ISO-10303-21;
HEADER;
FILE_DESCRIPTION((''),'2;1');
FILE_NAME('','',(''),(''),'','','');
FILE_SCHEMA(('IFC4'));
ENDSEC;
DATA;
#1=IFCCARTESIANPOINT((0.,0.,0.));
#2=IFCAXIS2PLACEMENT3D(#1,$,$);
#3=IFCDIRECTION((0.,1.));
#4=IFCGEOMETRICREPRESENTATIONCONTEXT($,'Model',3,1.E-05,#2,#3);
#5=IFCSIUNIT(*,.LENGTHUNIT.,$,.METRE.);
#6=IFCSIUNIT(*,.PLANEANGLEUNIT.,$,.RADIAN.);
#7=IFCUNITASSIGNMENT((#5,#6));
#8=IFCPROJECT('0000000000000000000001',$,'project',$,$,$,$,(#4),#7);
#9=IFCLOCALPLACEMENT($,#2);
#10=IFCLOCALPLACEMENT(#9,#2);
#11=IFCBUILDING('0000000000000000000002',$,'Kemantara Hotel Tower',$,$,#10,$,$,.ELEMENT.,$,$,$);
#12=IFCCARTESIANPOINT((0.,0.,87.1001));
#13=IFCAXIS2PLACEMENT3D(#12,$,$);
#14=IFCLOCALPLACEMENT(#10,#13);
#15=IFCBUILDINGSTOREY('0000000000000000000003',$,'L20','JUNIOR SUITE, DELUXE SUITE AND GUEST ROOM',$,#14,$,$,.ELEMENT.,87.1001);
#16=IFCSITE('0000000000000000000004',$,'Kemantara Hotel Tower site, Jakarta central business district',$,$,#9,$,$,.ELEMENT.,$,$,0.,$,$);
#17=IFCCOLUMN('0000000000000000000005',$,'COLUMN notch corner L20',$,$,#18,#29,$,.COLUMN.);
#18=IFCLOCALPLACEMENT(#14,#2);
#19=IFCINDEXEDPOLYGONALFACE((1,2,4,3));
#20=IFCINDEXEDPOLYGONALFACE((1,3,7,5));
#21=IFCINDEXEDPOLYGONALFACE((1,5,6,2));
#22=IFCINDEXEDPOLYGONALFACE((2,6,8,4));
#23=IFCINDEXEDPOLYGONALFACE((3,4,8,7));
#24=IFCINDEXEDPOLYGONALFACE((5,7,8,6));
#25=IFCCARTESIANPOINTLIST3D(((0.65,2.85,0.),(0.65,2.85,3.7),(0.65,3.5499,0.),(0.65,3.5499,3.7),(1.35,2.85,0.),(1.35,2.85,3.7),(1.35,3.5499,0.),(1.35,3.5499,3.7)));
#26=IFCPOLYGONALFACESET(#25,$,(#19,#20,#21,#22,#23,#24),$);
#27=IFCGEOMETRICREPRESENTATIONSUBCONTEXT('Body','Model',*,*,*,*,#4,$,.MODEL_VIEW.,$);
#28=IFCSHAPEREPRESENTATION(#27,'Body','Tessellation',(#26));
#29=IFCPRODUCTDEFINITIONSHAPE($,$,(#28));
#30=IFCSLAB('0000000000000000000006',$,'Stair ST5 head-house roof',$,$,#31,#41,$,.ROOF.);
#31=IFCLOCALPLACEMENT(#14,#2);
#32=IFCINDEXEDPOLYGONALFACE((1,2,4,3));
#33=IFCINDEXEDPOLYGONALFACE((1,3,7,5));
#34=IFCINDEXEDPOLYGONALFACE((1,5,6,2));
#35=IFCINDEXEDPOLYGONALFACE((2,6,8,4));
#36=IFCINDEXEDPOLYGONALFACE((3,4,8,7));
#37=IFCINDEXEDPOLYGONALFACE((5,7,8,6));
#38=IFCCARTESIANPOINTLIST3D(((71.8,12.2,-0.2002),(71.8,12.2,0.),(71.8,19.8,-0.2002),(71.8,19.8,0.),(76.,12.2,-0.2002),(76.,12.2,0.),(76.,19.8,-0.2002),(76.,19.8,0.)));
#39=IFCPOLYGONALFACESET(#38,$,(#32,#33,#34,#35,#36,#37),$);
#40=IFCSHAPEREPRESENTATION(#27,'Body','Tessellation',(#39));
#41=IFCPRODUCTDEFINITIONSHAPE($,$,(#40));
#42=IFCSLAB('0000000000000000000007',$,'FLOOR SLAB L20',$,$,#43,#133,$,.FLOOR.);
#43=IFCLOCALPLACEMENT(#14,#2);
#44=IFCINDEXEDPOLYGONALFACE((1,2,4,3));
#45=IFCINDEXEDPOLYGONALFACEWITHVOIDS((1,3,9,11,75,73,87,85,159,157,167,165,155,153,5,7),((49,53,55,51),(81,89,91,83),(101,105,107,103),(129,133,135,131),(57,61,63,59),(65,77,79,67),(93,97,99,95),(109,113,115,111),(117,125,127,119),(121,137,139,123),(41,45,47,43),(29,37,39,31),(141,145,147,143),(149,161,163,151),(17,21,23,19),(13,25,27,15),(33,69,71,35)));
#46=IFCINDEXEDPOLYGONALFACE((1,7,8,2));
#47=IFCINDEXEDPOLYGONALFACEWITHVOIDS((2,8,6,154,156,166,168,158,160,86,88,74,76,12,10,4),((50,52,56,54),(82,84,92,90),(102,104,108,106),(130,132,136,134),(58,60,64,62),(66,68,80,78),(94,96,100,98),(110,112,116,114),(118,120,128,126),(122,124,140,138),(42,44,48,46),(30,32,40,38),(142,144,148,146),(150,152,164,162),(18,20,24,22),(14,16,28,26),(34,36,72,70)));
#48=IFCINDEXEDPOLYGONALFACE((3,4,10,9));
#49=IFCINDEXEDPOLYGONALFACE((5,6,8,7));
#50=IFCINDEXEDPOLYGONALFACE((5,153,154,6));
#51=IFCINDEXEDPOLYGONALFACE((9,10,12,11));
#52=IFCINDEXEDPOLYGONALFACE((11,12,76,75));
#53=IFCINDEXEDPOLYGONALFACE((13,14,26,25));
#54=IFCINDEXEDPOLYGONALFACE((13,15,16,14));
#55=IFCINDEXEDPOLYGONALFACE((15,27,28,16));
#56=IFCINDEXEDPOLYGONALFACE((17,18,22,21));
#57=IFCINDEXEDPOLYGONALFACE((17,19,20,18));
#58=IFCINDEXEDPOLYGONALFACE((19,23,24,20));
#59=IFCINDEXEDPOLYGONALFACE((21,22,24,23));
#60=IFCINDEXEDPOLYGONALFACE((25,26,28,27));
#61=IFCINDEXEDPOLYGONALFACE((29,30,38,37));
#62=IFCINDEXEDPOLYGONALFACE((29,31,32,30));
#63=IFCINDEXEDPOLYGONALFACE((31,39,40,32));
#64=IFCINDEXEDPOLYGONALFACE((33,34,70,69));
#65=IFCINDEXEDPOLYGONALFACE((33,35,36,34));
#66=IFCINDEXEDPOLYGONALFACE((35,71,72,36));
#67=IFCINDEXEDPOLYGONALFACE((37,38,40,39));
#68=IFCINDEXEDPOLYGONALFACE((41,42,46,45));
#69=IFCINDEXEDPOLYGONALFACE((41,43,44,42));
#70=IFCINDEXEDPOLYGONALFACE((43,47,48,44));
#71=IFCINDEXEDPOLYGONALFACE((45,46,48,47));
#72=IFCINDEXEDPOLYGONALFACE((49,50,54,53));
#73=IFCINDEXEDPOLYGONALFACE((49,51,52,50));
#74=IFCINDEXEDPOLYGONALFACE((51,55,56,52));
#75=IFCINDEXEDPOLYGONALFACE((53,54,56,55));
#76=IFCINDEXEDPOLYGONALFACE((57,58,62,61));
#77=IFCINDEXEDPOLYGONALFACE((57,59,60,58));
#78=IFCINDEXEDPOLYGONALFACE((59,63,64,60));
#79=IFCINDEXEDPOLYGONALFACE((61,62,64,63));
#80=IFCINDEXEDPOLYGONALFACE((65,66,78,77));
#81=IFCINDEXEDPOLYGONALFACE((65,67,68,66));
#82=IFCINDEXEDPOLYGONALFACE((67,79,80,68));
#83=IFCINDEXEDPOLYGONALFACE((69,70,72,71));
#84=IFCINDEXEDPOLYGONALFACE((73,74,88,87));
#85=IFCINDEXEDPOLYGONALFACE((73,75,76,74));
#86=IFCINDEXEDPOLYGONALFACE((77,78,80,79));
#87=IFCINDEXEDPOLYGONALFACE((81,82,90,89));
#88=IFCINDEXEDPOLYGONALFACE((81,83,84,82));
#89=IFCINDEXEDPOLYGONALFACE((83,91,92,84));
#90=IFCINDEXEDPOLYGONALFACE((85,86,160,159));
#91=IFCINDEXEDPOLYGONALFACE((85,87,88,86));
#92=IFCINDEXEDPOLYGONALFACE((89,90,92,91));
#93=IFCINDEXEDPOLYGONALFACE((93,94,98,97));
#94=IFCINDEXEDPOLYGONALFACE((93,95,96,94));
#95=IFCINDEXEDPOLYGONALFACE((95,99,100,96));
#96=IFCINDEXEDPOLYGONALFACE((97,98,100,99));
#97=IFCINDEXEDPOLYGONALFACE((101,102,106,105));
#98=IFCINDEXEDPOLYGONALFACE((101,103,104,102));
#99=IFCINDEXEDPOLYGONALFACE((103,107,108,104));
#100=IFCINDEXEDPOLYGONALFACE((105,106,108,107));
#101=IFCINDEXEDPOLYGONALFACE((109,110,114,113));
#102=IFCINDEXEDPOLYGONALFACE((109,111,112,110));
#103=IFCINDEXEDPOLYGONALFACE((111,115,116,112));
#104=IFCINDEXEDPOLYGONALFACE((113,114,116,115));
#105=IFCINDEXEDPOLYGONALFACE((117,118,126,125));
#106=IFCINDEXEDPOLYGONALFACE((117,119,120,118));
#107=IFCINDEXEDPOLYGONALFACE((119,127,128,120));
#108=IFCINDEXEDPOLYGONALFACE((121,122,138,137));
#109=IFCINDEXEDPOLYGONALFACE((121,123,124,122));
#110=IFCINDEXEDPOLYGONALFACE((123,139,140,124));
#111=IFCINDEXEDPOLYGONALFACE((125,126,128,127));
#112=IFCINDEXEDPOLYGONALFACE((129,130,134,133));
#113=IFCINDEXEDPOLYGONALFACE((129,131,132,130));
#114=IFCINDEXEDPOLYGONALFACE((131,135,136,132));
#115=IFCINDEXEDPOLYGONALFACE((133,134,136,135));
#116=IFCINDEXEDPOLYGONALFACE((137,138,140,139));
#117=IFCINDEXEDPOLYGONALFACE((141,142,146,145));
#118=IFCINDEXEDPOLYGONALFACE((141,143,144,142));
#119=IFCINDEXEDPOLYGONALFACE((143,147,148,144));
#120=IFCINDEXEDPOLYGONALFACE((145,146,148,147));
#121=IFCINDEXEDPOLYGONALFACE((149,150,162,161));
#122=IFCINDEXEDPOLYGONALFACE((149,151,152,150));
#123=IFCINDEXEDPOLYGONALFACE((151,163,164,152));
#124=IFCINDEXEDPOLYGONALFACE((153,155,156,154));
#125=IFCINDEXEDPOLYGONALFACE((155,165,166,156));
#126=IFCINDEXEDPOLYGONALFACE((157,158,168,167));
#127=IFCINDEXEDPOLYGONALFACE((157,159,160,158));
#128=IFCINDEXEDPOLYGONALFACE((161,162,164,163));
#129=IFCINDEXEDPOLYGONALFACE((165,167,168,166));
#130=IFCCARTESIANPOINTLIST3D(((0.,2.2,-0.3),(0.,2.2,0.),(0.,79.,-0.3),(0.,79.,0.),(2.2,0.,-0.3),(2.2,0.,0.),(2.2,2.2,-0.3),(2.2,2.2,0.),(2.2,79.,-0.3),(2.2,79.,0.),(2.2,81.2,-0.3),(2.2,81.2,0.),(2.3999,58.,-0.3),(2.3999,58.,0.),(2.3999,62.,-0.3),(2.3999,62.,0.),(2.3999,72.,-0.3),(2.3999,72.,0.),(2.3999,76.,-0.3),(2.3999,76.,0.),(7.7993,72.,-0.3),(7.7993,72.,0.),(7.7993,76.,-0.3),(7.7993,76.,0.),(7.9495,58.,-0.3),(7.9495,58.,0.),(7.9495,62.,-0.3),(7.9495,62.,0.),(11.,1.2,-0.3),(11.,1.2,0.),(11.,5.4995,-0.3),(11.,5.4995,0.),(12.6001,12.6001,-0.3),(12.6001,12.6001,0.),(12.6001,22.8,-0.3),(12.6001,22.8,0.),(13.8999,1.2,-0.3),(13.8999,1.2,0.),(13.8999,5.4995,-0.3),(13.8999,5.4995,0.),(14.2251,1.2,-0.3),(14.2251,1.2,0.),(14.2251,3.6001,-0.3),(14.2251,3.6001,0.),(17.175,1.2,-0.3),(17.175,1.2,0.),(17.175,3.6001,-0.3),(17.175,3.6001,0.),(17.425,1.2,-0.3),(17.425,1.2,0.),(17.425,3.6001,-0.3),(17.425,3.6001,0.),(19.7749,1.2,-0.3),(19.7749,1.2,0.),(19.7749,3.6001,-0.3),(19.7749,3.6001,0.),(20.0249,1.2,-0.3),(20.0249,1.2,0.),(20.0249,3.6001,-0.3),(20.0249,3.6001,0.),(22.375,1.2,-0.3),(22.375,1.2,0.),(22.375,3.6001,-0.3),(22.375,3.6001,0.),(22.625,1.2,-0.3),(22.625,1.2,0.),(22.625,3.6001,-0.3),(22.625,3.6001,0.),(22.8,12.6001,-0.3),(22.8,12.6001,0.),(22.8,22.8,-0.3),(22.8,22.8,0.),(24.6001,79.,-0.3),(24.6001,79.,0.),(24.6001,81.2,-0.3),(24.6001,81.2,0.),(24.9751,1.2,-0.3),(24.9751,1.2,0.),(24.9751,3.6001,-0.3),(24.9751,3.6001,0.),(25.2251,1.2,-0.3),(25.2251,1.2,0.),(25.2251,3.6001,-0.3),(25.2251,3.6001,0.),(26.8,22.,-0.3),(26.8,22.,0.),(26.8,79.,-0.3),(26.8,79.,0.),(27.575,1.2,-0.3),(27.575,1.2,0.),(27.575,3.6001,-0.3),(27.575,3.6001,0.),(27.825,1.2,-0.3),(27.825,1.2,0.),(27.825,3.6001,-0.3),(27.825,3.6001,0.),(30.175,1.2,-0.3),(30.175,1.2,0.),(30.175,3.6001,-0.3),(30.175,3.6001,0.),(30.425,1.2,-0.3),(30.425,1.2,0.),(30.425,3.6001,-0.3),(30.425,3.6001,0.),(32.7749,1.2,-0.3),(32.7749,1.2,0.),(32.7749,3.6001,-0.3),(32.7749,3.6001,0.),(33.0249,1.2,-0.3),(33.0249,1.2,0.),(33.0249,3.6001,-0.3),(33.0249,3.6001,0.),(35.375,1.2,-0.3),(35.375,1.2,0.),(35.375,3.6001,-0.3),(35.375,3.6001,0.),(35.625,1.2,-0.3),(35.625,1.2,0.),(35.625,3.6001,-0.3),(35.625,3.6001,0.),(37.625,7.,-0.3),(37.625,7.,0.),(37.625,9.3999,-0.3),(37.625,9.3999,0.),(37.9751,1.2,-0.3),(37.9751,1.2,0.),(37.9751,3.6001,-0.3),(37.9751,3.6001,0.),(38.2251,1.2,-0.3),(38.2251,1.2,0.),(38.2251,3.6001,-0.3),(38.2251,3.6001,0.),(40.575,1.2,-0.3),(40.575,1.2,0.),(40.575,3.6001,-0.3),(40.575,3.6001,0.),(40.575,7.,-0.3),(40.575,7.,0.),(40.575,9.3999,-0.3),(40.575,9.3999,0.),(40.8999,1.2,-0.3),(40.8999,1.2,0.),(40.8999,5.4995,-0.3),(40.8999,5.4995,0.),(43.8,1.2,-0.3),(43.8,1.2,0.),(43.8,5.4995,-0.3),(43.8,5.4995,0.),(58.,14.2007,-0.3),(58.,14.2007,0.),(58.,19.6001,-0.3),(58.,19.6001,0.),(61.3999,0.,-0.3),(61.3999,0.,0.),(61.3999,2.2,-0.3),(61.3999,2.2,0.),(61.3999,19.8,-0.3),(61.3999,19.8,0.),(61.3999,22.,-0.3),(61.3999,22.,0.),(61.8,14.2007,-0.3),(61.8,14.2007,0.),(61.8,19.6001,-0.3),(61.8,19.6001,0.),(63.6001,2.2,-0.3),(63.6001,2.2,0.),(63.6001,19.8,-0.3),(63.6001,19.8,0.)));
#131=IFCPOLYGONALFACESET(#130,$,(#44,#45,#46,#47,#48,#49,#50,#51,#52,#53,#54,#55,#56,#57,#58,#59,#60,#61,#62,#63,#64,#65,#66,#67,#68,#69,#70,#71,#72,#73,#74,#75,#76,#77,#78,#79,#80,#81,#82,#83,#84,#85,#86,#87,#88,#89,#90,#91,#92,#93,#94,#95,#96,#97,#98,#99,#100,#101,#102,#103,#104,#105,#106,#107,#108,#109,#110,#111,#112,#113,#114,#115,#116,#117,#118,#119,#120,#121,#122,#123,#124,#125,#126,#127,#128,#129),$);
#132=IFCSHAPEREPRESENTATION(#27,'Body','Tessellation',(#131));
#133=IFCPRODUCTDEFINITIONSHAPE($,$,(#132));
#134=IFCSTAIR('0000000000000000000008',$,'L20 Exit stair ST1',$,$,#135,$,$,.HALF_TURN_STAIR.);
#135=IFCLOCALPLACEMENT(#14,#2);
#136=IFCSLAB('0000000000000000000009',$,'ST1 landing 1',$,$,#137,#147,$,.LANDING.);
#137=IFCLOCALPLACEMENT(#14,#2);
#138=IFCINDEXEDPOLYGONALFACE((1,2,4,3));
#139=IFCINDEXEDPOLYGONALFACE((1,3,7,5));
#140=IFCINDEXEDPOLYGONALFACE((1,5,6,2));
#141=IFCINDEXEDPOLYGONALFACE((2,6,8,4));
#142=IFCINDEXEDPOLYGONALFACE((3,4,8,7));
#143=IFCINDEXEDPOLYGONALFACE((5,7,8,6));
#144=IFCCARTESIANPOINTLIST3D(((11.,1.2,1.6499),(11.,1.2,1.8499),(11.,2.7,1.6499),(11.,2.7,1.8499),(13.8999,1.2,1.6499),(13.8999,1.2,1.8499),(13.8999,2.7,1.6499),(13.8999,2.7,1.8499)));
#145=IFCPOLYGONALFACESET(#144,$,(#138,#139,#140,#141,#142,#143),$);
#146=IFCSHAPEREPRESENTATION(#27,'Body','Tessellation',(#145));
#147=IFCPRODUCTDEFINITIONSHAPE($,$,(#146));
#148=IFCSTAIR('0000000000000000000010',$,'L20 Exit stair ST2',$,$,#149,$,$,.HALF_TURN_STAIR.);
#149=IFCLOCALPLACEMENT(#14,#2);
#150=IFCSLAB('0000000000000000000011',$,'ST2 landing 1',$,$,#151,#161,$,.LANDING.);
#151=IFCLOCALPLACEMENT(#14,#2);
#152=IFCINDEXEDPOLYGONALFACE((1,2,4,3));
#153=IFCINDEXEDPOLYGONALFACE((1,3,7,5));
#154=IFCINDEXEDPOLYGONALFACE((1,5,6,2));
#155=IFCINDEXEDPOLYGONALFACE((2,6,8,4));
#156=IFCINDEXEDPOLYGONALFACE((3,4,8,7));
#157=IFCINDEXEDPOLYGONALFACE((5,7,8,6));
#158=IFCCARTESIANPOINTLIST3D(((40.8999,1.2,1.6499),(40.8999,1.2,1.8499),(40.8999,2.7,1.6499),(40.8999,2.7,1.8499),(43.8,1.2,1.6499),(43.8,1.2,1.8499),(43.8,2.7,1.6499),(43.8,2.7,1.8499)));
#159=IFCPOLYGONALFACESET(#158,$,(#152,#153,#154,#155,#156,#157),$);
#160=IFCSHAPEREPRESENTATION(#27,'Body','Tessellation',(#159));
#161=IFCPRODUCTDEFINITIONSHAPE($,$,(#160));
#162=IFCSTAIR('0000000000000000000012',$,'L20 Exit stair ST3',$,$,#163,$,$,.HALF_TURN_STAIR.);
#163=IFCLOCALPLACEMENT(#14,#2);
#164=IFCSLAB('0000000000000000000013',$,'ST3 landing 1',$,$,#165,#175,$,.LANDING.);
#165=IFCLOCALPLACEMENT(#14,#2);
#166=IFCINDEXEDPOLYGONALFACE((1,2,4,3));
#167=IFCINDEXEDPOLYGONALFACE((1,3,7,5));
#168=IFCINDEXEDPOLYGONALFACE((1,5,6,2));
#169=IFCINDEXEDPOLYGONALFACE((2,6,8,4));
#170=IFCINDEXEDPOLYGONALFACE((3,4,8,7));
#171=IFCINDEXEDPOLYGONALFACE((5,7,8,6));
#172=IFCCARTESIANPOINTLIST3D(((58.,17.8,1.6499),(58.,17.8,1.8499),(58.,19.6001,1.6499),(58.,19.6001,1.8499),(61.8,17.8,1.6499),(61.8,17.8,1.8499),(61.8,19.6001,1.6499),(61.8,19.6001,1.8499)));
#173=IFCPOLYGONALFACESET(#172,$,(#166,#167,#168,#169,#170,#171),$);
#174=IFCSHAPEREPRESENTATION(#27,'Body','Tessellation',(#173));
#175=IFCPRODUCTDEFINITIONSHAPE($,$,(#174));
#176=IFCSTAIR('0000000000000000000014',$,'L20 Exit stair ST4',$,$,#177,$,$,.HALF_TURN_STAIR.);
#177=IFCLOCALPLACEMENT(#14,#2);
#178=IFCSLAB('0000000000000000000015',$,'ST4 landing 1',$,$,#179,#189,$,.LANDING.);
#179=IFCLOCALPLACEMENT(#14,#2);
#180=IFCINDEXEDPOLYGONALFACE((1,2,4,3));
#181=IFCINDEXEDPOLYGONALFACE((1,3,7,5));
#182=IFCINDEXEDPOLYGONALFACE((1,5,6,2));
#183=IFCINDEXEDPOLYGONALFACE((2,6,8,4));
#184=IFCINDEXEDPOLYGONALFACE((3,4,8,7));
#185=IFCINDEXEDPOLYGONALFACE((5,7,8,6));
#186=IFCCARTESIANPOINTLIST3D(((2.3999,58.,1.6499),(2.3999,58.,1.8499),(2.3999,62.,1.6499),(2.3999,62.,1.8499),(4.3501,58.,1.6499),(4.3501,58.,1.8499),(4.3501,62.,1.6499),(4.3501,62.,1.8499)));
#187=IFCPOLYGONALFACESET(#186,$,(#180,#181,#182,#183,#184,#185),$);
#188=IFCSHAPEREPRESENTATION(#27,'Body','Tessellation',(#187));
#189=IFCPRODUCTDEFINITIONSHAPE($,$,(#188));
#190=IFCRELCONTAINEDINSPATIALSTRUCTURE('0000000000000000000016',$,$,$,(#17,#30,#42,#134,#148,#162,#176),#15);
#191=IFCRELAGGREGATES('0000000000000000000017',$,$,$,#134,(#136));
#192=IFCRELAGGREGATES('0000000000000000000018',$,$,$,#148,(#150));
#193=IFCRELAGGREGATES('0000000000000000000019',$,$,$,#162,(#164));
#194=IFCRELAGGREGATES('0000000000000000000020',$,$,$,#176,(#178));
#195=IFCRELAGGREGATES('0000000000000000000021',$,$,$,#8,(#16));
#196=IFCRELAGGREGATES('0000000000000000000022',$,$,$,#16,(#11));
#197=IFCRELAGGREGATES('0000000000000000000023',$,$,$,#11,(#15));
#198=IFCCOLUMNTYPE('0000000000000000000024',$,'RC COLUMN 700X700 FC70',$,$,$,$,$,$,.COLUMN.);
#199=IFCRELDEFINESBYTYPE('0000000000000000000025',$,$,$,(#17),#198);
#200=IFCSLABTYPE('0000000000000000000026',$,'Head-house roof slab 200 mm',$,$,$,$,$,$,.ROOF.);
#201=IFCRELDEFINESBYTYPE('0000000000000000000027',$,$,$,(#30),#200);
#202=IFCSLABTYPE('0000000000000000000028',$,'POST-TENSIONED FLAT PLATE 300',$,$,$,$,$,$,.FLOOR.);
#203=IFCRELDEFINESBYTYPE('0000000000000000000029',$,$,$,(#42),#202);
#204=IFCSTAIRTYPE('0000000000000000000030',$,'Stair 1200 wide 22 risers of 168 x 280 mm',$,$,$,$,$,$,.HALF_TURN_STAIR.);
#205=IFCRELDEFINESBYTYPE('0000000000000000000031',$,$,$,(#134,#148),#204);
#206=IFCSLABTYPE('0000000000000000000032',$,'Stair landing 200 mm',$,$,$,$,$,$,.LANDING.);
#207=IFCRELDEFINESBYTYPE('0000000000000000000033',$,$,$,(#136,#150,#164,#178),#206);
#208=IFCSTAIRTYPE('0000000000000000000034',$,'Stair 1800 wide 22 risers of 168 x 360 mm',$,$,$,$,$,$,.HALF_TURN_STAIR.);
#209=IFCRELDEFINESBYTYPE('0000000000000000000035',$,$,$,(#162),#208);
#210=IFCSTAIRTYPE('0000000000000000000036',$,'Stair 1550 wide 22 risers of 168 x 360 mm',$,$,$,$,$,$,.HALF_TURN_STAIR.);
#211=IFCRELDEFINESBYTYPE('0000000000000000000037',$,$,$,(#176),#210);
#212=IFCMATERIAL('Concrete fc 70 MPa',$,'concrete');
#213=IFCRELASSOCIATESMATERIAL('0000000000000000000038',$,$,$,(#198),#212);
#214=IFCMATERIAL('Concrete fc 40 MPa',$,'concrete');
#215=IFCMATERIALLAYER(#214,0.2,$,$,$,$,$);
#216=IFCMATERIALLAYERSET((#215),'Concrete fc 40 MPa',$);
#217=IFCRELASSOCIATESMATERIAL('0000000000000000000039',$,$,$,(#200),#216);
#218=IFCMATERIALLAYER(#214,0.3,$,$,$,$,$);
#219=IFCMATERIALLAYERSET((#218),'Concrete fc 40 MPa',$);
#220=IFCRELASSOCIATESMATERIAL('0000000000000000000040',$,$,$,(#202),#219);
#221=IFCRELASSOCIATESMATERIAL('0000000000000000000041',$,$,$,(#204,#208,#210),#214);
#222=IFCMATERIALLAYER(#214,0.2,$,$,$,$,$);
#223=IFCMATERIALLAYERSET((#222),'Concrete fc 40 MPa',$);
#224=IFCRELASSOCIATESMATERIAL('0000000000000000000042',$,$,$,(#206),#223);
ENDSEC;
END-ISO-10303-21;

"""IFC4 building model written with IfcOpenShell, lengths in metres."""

from ifc_helpers import new_model, si_unit, direction, frame, origin, origin_2d, place, context, subcontext, project, spatial, polyline, rectangle, outline, extrude, material, layer, layer_set, material_profile, profile_set, type_object, element, aggregate, save


model = new_model("IFC4")

# Units and contexts
model_context = context("Model", 3, precision=1e-05, world=origin(), true_north=direction((0.0, 1.0)))
body_context = subcontext(model_context, "Body", "Model", "MODEL_VIEW")
ifc_project = project(units=[si_unit("LENGTHUNIT", "METRE"), si_unit("PLANEANGLEUNIT", "RADIAN")], contexts=[model_context])

# Site, building, storey
site_placement = place(None, origin())
site = spatial("IfcSite", under=ifc_project, at=site_placement, Name="Kemantara Hotel Tower site, Jakarta central business district", CompositionType="ELEMENT", RefElevation=0.0)
building_placement = place(site_placement, origin())
building = spatial("IfcBuilding", under=site, at=building_placement, Name="Kemantara Hotel Tower", CompositionType="ELEMENT")
storey_placement = place(building_placement, frame((0.0, 0.0, 87.1001)))
storey = spatial("IfcBuildingStorey", under=building, at=storey_placement, Name="L20", Description="JUNIOR SUITE, DELUXE SUITE AND GUEST ROOM", CompositionType="ELEMENT", Elevation=87.1001)

# Column
ifc_material_1 = material(Name="Concrete fc 70 MPa", Category="concrete")
ifc_material_profile = material_profile(ifc_material_1, rectangle(XDim=0.7, YDim=0.7, at=origin_2d()), Name="RC 700X700")
ifc_profile_set = profile_set([ifc_material_profile], Name="Concrete fc 70 MPa")
column_type = type_object("IfcColumnType", Name="RC COLUMN 700X700 FC70", PredefinedType="COLUMN", material=ifc_profile_set)
column_placement = place(storey_placement, frame((1.0, 3.2, 0.0), z_axis=(0.0, 0.0, 1.0), x_axis=(1.0, 0.0, 0.0)))
element("IfcColumn", 1, at=column_placement, inside=storey, type_object=column_type, Name="COLUMN notch corner L20", PredefinedType="COLUMN", context=body_context, shape_type="SweptSolid", body=[
    extrude(rectangle(XDim=0.7, YDim=0.7, at=origin_2d()), origin(), (0.0, 0.0, 1.0), 3.7),
])

# Slabs
ifc_material_2 = material(Name="Concrete fc 40 MPa", Category="concrete")
ifc_layer_1 = layer(ifc_material_2, 0.2)
ifc_layer_set_1 = layer_set([ifc_layer_1], Name="Concrete fc 40 MPa")
slab_type_1 = type_object("IfcSlabType", Name="Head-house roof slab 200 mm", PredefinedType="ROOF", material=ifc_layer_set_1)
slab_1_placement = place(storey_placement, frame((0.0, 0.0, -0.2002)))
element("IfcSlab", 2, at=slab_1_placement, inside=storey, type_object=slab_type_1, Name="Stair ST5 head-house roof", PredefinedType="ROOF", context=body_context, shape_type="SweptSolid", body=[
    extrude(outline(polyline([(71.8, 12.2), (76.0, 12.2), (76.0, 19.8), (71.8, 19.8), (71.8, 12.2)])), origin(), (0.0, 0.0, 1.0), 0.2002),
])
ifc_layer_2 = layer(ifc_material_2, 0.3)
ifc_layer_set_2 = layer_set([ifc_layer_2], Name="Concrete fc 40 MPa")
slab_type_2 = type_object("IfcSlabType", Name="POST-TENSIONED FLAT PLATE 300", PredefinedType="FLOOR", material=ifc_layer_set_2)
slab_2_placement = place(storey_placement, frame((0.0, 0.0, -0.3)))
element("IfcSlab", 3, at=slab_2_placement, inside=storey, type_object=slab_type_2, Name="FLOOR SLAB L20", PredefinedType="FLOOR", context=body_context, shape_type="SweptSolid", body=[
    extrude(outline(polyline([(26.8, 79.0), (24.6001, 79.0), (24.6001, 81.2), (2.2, 81.2), (2.2, 79.0), (0.0, 79.0), (0.0, 2.2), (2.2, 2.2), (2.2, 0.0), (61.3999, 0.0), (61.3999, 2.2), (63.6001, 2.2), (63.6001, 19.8), (61.3999, 19.8), (61.3999, 22.0), (26.8, 22.0), (26.8, 79.0)]), holes=[polyline([(17.175, 1.2), (14.2251, 1.2), (14.2251, 3.6001), (17.175, 3.6001), (17.175, 1.2)]), polyline([(19.7749, 1.2), (17.425, 1.2), (17.425, 3.6001), (19.7749, 3.6001), (19.7749, 1.2)]), polyline([(22.375, 1.2), (20.0249, 1.2), (20.0249, 3.6001), (22.375, 3.6001), (22.375, 1.2)]), polyline([(24.9751, 1.2), (22.625, 1.2), (22.625, 3.6001), (24.9751, 3.6001), (24.9751, 1.2)]), polyline([(27.575, 1.2), (25.2251, 1.2), (25.2251, 3.6001), (27.575, 3.6001), (27.575, 1.2)]), polyline([(11.0, 1.2), (11.0, 5.4995), (13.8999, 5.4995), (13.8999, 1.2), (11.0, 1.2)]), polyline([(22.8, 12.6001), (12.6001, 12.6001), (12.6001, 22.8), (22.8, 22.8), (22.8, 12.6001)]), polyline([(2.3999, 62.0), (7.9495, 62.0), (7.9495, 58.0), (2.3999, 58.0), (2.3999, 62.0)]), polyline([(2.3999, 76.0), (7.7993, 76.0), (7.7993, 72.0), (2.3999, 72.0), (2.3999, 76.0)]), polyline([(30.175, 1.2), (27.825, 1.2), (27.825, 3.6001), (30.175, 3.6001), (30.175, 1.2)]), polyline([(32.7749, 1.2), (30.425, 1.2), (30.425, 3.6001), (32.7749, 3.6001), (32.7749, 1.2)]), polyline([(35.375, 1.2), (33.0249, 1.2), (33.0249, 3.6001), (35.375, 3.6001), (35.375, 1.2)]), polyline([(37.9751, 1.2), (35.625, 1.2), (35.625, 3.6001), (37.9751, 3.6001), (37.9751, 1.2)]), polyline([(40.575, 1.2), (38.2251, 1.2), (38.2251, 3.6001), (40.575, 3.6001), (40.575, 1.2)]), polyline([(40.8999, 1.2), (40.8999, 5.4995), (43.8, 5.4995), (43.8, 1.2), (40.8999, 1.2)]), polyline([(37.625, 7.0), (37.625, 9.3999), (40.575, 9.3999), (40.575, 7.0), (37.625, 7.0)]), polyline([(61.8, 14.2007), (58.0, 14.2007), (58.0, 19.6001), (61.8, 19.6001), (61.8, 14.2007)])]), origin(), (0.0, 0.0, 1.0), 0.3),
])

# Stairs, slabs
stair_type_1 = type_object("IfcStairType", Name="Stair 1200 wide 22 risers of 168 x 280 mm", PredefinedType="HALF_TURN_STAIR", material=ifc_material_2)
stair_1_placement = place(storey_placement, origin())
stair_1 = element("IfcStair", 4, at=stair_1_placement, inside=storey, type_object=stair_type_1, Name="L20 Exit stair ST1", PredefinedType="HALF_TURN_STAIR")
ifc_layer_3 = layer(ifc_material_2, 0.2)
ifc_layer_set_3 = layer_set([ifc_layer_3], Name="Concrete fc 40 MPa")
slab_type_3 = type_object("IfcSlabType", Name="Stair landing 200 mm", PredefinedType="LANDING", material=ifc_layer_set_3)
slab_3_placement = place(storey_placement, frame((0.0, 0.0, 1.6499)))
slab_3 = element("IfcSlab", 5, at=slab_3_placement, type_object=slab_type_3, Name="ST1 landing 1", PredefinedType="LANDING", context=body_context, shape_type="SweptSolid", body=[
    extrude(outline(polyline([(11.0, 2.7), (11.0, 1.2), (13.8999, 1.2), (13.8999, 2.7), (11.0, 2.7)])), origin(), (0.0, 0.0, 1.0), 0.2),
])
aggregate(stair_1, [slab_3])
stair_2_placement = place(storey_placement, origin())
stair_2 = element("IfcStair", 6, at=stair_2_placement, inside=storey, type_object=stair_type_1, Name="L20 Exit stair ST2", PredefinedType="HALF_TURN_STAIR")
slab_4_placement = place(storey_placement, frame((0.0, 0.0, 1.6499)))
slab_4 = element("IfcSlab", 7, at=slab_4_placement, type_object=slab_type_3, Name="ST2 landing 1", PredefinedType="LANDING", context=body_context, shape_type="SweptSolid", body=[
    extrude(outline(polyline([(40.8999, 2.7), (40.8999, 1.2), (43.8, 1.2), (43.8, 2.7), (40.8999, 2.7)])), origin(), (0.0, 0.0, 1.0), 0.2),
])
aggregate(stair_2, [slab_4])
stair_type_2 = type_object("IfcStairType", Name="Stair 1800 wide 22 risers of 168 x 360 mm", PredefinedType="HALF_TURN_STAIR", material=ifc_material_2)
stair_3_placement = place(storey_placement, origin())
stair_3 = element("IfcStair", 8, at=stair_3_placement, inside=storey, type_object=stair_type_2, Name="L20 Exit stair ST3", PredefinedType="HALF_TURN_STAIR")
slab_5_placement = place(storey_placement, frame((0.0, 0.0, 1.6499)))
slab_5 = element("IfcSlab", 9, at=slab_5_placement, type_object=slab_type_3, Name="ST3 landing 1", PredefinedType="LANDING", context=body_context, shape_type="SweptSolid", body=[
    extrude(outline(polyline([(61.8, 17.8), (61.8, 19.6001), (58.0, 19.6001), (58.0, 17.8), (61.8, 17.8)])), origin(), (0.0, 0.0, 1.0), 0.2),
])
aggregate(stair_3, [slab_5])
stair_type_3 = type_object("IfcStairType", Name="Stair 1550 wide 22 risers of 168 x 360 mm", PredefinedType="HALF_TURN_STAIR", material=ifc_material_2)
stair_4_placement = place(storey_placement, origin())
stair_4 = element("IfcStair", 10, at=stair_4_placement, inside=storey, type_object=stair_type_3, Name="L20 Exit stair ST4", PredefinedType="HALF_TURN_STAIR")
slab_6_placement = place(storey_placement, frame((0.0, 0.0, 1.6499)))
slab_6 = element("IfcSlab", 11, at=slab_6_placement, type_object=slab_type_3, Name="ST4 landing 1", PredefinedType="LANDING", context=body_context, shape_type="SweptSolid", body=[
    extrude(outline(polyline([(4.3501, 62.0), (2.3999, 62.0), (2.3999, 58.0), (4.3501, 58.0), (4.3501, 62.0)])), origin(), (0.0, 0.0, 1.0), 0.2),
])
aggregate(stair_4, [slab_6])

save(model, "model.ifc")
